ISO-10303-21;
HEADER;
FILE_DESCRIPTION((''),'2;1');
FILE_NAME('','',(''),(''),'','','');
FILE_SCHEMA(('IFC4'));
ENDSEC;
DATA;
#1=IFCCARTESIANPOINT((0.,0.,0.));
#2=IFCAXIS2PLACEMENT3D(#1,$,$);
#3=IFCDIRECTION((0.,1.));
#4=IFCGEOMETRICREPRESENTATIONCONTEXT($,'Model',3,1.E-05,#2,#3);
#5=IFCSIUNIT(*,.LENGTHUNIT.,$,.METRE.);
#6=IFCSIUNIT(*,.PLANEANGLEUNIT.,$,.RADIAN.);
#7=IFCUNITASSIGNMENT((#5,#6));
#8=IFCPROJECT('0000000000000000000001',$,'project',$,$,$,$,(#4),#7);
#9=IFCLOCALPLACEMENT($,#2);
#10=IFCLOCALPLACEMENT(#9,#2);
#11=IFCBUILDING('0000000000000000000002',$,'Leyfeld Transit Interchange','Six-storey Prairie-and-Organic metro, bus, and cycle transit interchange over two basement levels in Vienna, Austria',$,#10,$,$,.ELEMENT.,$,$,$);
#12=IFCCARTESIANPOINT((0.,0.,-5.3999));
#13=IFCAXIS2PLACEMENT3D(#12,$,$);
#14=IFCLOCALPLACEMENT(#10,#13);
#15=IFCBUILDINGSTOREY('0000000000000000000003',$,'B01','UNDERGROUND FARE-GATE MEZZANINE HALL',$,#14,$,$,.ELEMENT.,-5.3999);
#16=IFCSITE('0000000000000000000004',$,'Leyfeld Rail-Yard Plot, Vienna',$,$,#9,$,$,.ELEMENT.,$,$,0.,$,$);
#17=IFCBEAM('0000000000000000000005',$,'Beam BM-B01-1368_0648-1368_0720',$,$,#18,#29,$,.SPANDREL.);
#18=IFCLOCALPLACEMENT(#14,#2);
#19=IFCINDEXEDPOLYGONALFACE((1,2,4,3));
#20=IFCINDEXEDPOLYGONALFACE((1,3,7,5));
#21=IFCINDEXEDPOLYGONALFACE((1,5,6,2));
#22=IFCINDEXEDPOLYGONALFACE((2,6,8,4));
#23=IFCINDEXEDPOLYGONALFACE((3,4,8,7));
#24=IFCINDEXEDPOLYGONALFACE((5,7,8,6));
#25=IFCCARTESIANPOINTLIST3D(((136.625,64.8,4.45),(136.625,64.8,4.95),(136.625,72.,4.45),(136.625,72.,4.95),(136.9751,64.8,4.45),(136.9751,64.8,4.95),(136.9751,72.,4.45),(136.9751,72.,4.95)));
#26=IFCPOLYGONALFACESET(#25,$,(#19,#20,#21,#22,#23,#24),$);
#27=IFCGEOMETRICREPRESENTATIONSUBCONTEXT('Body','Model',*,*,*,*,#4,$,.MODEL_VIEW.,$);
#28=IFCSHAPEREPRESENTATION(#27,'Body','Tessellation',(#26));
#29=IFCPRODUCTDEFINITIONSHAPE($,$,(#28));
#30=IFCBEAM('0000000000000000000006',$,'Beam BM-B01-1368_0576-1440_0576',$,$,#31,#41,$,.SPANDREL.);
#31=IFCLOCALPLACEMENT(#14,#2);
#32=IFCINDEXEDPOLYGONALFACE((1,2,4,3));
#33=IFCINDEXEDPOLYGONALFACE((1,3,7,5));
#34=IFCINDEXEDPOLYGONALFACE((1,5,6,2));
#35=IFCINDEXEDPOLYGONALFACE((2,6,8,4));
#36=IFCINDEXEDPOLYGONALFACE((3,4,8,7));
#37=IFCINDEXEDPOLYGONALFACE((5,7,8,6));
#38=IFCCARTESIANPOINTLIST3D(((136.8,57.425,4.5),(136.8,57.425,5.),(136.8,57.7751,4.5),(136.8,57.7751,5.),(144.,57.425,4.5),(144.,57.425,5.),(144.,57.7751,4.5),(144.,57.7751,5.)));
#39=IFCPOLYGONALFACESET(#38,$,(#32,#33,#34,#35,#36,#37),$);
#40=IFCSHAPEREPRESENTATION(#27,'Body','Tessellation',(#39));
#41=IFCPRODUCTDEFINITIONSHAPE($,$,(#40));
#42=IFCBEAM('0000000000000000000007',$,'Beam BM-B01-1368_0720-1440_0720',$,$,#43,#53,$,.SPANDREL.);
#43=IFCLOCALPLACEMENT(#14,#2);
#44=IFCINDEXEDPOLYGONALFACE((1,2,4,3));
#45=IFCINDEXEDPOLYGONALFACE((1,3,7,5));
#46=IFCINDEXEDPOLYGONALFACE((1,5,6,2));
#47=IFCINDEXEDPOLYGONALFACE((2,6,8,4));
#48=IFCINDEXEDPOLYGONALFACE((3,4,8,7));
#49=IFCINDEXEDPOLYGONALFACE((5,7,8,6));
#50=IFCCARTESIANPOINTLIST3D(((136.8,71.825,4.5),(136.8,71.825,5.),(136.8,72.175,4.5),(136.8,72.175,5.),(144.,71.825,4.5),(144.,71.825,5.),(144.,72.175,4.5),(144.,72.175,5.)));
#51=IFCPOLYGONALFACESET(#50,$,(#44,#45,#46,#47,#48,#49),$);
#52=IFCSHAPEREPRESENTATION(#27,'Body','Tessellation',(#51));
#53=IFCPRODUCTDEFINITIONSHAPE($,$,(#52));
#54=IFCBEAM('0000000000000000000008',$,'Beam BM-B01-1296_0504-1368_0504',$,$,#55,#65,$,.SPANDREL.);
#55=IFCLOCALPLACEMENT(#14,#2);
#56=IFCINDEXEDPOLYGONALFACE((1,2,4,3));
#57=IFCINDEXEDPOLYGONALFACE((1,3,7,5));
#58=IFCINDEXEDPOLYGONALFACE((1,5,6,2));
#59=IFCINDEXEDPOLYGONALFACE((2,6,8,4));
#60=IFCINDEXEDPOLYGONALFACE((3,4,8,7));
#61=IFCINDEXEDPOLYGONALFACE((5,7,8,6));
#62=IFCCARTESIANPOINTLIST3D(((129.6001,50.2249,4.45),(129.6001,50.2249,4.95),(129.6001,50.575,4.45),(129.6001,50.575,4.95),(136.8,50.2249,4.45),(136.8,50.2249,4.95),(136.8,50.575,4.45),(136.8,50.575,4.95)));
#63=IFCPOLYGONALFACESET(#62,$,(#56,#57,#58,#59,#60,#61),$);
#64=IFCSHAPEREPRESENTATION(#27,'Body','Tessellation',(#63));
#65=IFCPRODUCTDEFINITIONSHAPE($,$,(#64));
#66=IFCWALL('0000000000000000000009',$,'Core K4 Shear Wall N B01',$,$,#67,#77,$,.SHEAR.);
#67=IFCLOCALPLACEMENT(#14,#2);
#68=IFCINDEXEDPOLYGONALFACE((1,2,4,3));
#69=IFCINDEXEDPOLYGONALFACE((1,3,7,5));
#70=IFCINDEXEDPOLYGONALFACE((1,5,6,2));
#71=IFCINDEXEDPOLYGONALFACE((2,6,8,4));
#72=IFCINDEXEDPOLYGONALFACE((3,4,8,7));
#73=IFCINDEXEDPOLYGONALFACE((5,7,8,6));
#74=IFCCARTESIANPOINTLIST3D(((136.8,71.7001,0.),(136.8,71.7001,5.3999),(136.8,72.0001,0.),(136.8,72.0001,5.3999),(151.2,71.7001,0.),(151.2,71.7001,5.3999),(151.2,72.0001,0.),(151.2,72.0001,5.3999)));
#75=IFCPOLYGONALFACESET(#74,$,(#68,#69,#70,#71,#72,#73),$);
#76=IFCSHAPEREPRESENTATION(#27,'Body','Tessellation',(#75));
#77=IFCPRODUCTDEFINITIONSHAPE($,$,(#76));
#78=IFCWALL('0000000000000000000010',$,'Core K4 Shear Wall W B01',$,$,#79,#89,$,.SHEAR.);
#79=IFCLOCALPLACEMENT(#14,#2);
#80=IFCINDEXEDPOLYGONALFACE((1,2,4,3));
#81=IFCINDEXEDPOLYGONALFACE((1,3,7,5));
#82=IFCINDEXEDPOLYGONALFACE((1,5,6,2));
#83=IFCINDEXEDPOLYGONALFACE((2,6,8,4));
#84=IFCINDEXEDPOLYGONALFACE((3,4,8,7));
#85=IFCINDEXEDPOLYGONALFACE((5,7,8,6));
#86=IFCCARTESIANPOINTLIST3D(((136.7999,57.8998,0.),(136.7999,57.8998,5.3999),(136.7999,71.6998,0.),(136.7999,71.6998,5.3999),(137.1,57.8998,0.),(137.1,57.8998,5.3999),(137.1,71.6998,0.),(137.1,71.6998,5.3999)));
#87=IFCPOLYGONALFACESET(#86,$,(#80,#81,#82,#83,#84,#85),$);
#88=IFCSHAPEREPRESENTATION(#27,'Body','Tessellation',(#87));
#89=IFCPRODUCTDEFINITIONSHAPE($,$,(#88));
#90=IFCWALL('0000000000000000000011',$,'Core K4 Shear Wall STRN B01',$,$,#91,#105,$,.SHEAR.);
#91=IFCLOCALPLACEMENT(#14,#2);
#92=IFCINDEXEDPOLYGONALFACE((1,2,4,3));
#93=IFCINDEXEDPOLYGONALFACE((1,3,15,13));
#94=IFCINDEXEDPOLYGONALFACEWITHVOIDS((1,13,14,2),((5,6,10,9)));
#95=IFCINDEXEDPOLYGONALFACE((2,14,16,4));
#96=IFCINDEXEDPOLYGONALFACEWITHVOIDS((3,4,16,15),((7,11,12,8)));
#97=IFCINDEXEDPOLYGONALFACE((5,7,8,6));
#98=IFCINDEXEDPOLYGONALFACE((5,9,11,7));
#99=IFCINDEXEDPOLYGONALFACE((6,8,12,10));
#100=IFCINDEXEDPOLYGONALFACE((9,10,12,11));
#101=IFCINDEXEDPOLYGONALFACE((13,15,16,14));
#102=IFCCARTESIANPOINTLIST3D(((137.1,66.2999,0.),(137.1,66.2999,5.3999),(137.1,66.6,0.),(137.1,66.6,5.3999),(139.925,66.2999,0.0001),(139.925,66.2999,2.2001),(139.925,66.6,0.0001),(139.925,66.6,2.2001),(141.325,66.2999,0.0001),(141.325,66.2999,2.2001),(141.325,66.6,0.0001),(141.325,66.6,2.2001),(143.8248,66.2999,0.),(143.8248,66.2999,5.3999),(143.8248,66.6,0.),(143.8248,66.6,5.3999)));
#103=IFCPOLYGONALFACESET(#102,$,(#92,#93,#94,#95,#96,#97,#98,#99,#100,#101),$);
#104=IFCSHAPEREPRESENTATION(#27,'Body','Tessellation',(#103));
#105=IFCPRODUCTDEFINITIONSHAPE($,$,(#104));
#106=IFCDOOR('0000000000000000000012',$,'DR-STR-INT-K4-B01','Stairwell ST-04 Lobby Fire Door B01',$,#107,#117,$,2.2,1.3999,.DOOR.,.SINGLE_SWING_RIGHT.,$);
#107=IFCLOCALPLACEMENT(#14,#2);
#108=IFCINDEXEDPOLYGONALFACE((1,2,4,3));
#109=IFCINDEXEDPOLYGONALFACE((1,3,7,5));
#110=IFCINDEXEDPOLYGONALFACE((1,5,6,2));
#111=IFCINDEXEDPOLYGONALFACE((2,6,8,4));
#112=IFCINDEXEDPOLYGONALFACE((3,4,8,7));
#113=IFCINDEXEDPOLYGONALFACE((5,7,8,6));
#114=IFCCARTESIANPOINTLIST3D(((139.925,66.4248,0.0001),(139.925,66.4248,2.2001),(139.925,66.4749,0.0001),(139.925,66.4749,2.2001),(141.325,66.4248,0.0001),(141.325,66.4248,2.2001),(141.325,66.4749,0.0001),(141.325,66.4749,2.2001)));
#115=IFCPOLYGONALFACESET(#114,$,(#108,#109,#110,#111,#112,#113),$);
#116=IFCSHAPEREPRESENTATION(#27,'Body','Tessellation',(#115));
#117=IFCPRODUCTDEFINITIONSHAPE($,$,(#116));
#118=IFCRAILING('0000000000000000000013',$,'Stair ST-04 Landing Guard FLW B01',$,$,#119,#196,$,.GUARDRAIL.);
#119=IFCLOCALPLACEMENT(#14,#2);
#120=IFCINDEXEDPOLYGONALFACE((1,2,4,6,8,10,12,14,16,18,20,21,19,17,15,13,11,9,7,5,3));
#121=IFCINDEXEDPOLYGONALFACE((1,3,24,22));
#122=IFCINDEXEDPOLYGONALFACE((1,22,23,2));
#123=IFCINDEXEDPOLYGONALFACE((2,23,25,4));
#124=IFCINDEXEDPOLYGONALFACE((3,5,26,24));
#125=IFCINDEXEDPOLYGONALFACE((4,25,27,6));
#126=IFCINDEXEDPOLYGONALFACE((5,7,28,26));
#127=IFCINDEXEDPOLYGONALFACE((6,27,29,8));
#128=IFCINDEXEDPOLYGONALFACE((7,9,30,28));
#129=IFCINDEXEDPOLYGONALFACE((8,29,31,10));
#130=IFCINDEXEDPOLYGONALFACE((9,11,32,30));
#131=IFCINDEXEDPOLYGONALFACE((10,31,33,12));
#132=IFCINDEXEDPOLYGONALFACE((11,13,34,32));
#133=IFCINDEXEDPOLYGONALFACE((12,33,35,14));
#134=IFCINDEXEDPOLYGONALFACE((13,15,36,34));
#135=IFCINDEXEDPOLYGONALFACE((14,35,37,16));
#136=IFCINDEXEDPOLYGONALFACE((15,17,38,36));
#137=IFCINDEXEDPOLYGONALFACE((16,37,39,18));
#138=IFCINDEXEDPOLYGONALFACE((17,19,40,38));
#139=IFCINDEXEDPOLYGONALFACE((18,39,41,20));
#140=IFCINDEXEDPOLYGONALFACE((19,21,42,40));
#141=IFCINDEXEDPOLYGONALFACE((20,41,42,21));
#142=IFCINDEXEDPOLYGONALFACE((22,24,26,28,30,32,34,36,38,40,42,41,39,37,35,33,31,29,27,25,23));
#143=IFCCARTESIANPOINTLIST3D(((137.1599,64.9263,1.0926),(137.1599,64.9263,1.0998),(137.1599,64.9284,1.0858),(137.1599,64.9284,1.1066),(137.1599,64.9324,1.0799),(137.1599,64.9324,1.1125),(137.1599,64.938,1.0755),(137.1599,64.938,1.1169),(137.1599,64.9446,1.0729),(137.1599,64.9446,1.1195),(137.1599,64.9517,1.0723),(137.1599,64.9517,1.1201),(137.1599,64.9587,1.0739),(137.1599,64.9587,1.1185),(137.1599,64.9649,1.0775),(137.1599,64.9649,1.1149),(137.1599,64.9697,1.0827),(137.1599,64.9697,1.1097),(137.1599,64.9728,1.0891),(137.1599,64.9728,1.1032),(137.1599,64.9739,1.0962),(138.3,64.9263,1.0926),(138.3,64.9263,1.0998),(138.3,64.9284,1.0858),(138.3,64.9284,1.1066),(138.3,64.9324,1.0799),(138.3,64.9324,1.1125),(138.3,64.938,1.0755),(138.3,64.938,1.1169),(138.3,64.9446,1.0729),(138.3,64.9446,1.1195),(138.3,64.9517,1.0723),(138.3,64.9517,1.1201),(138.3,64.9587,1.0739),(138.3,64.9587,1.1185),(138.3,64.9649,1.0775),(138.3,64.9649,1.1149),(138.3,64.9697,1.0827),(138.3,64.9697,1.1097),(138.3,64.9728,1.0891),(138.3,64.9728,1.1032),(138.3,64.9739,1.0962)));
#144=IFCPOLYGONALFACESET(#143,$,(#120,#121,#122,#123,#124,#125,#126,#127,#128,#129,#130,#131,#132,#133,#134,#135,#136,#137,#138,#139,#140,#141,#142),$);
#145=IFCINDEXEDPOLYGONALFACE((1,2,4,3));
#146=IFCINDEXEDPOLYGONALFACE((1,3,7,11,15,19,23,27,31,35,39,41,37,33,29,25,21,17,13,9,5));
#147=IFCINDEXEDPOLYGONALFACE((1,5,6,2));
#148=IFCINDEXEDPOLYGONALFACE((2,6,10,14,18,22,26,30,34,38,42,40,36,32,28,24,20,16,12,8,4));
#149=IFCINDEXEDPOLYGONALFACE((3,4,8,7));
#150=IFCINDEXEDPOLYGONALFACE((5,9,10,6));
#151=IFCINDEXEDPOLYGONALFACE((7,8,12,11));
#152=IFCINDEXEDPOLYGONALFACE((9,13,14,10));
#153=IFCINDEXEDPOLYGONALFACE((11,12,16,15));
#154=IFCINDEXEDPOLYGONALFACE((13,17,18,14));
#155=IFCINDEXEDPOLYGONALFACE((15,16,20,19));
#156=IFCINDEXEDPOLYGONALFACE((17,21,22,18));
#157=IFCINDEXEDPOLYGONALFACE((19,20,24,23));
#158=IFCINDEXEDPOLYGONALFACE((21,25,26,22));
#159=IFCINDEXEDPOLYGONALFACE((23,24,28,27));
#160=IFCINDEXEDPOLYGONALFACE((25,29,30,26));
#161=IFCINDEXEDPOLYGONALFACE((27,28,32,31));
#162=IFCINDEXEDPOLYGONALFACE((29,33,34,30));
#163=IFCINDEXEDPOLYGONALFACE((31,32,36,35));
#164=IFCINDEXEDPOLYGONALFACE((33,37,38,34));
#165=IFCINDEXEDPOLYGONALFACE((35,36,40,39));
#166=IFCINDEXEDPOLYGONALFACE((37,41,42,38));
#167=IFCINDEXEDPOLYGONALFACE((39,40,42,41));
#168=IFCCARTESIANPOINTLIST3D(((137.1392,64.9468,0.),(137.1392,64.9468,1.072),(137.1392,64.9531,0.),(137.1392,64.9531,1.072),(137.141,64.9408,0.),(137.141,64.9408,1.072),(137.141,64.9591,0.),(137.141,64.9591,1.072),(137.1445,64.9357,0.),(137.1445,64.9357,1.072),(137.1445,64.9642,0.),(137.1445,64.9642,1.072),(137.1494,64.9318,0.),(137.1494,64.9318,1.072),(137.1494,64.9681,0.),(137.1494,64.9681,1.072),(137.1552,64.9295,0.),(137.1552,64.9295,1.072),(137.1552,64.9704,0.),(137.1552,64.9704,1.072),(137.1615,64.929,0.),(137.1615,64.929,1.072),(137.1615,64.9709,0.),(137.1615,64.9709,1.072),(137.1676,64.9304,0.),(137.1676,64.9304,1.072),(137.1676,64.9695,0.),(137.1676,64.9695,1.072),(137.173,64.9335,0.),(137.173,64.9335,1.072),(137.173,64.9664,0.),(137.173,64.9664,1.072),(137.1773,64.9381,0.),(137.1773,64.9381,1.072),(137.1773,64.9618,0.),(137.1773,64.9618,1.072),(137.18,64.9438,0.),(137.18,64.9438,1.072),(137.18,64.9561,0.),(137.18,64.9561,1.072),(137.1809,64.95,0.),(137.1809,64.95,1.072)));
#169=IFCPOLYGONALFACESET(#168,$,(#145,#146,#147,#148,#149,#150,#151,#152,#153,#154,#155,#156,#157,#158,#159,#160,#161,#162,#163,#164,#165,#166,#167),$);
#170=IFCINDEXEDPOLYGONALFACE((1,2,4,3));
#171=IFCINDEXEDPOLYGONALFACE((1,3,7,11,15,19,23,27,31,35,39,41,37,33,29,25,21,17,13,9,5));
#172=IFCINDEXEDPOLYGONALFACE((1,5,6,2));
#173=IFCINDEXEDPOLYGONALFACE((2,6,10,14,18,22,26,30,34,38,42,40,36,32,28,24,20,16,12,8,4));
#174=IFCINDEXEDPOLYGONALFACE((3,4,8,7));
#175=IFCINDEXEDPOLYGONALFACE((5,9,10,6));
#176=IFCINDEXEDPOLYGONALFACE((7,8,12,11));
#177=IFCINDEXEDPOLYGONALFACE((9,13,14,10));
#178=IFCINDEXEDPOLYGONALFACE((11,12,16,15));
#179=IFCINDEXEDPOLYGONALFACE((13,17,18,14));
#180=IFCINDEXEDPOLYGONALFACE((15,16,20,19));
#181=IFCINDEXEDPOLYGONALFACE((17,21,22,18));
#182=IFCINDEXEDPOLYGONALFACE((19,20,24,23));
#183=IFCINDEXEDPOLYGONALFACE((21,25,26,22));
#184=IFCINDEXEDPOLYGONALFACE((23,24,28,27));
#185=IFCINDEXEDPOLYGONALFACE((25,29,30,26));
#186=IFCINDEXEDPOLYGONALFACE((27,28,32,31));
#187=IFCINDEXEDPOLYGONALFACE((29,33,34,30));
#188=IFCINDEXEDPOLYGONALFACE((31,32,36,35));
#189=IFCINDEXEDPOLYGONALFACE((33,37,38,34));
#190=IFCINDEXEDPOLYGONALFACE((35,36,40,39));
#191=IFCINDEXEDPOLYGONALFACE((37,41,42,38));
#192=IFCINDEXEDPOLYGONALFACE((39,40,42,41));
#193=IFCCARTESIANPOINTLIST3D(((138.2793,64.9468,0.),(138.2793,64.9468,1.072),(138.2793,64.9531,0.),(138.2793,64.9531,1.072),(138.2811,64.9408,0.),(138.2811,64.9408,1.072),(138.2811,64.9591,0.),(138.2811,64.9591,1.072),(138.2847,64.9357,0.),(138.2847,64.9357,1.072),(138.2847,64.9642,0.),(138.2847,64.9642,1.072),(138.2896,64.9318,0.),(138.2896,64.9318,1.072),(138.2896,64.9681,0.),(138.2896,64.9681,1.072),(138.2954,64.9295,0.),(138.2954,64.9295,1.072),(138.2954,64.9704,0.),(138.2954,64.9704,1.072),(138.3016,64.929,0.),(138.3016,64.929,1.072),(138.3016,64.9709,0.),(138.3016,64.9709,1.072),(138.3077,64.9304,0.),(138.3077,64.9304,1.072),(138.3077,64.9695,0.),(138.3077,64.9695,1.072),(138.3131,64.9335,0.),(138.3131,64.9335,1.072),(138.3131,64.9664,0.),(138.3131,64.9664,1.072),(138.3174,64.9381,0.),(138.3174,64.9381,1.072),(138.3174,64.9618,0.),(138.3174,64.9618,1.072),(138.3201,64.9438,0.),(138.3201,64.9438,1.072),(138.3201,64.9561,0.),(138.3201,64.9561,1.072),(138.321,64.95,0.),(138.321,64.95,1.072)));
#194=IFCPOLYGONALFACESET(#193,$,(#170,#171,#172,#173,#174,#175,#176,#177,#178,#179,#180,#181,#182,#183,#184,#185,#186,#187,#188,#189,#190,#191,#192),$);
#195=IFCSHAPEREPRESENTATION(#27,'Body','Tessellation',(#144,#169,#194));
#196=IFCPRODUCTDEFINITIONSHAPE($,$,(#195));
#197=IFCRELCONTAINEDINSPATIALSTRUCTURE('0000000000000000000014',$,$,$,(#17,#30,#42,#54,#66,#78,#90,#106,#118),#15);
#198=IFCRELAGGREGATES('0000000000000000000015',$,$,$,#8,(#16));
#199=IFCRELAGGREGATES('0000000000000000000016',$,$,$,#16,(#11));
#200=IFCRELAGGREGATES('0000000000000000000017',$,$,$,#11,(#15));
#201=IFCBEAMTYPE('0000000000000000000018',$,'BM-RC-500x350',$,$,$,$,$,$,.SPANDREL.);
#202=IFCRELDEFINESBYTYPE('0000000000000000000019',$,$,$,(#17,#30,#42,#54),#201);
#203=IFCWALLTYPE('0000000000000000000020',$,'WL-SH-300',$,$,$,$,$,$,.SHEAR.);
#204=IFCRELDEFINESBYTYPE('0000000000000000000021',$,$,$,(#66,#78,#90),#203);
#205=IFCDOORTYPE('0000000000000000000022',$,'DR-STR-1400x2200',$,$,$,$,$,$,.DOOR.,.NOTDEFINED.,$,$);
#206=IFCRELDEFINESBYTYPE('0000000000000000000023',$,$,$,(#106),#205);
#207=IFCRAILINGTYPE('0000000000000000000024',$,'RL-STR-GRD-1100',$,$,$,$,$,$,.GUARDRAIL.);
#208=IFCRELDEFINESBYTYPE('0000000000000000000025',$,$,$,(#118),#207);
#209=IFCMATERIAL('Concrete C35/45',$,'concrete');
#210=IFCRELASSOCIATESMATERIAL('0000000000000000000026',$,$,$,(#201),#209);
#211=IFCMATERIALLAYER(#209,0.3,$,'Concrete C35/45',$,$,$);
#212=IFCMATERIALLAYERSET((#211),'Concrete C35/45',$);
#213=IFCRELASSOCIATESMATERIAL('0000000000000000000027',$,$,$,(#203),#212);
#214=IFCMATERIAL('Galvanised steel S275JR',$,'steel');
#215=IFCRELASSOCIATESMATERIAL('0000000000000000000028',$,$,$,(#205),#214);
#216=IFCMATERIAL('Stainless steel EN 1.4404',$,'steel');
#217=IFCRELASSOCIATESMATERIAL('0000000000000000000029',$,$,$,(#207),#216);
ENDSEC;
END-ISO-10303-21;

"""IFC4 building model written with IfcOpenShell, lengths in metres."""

from ifc_helpers import new_model, si_unit, direction, frame, frame_2d, origin, origin_2d, place, context, subcontext, project, spatial, rectangle, circle, extrude, material, layer, layer_set, material_profile, profile_set, type_object, element, fill, save


model = new_model("IFC4")

# Units and contexts
model_context = context("Model", 3, precision=1e-05, world=origin(), true_north=direction((0.0, 1.0)))
body_context = subcontext(model_context, "Body", "Model", "MODEL_VIEW")
ifc_project = project(units=[si_unit("LENGTHUNIT", "METRE"), si_unit("PLANEANGLEUNIT", "RADIAN")], contexts=[model_context])

# Site, building, storey
site_placement = place(None, origin())
site = spatial("IfcSite", under=ifc_project, at=site_placement, Name="Leyfeld Rail-Yard Plot, Vienna", CompositionType="ELEMENT", RefElevation=0.0)
building_placement = place(site_placement, origin())
building = spatial("IfcBuilding", under=site, at=building_placement, Name="Leyfeld Transit Interchange", Description="Six-storey Prairie-and-Organic metro, bus, and cycle transit interchange over two basement levels in Vienna, Austria", CompositionType="ELEMENT")
storey_placement = place(building_placement, frame((0.0, 0.0, -5.3999)))
storey = spatial("IfcBuildingStorey", under=building, at=storey_placement, Name="B01", Description="UNDERGROUND FARE-GATE MEZZANINE HALL", CompositionType="ELEMENT", Elevation=-5.3999)

# Shared definitions
ifc_material_1 = material(Name="Concrete C35/45", Category="concrete")

# Beams
ifc_material_profile_1 = material_profile(ifc_material_1, rectangle(XDim=0.3501, YDim=0.5, at=origin_2d()), Name="RC 500x350")
ifc_profile_set_1 = profile_set([ifc_material_profile_1], Name="Concrete C35/45")
beam_type_1 = type_object("IfcBeamType", Name="BM-RC-500x350", PredefinedType="SPANDREL", material=ifc_profile_set_1)
for number, where, z_axis, x_axis, name in (
    (1, (136.8, 64.8, 4.7), (0.0, 1.0, 0.0), (-1.0, 0.0, 0.0), "Beam BM-B01-1368_0648-1368_0720"),
    (2, (136.8, 57.6001, 4.75), (1.0, 0.0, 0.0), (0.0, 1.0, 0.0), "Beam BM-B01-1368_0576-1440_0576"),
    (3, (136.8, 72.0, 4.75), (1.0, 0.0, 0.0), (0.0, 1.0, 0.0), "Beam BM-B01-1368_0720-1440_0720"),
    (4, (129.6001, 50.3999, 4.7), (1.0, 0.0, 0.0), (0.0, 1.0, 0.0), "Beam BM-B01-1296_0504-1368_0504"),
):
    element("IfcBeam", number, at=place(storey_placement, frame(where, z_axis=z_axis, x_axis=x_axis)), inside=storey, type_object=beam_type_1, Name=name, PredefinedType="SPANDREL", context=body_context, shape_type="SweptSolid", body=[
        extrude(rectangle(XDim=0.3501, YDim=0.5, at=origin_2d()), origin(), (0.0, 0.0, 1.0), 7.2),
    ])

# Walls
ifc_layer = layer(ifc_material_1, 0.3, Name="Concrete C35/45")
ifc_layer_set = layer_set([ifc_layer], Name="Concrete C35/45")
wall_type = type_object("IfcWallType", Name="WL-SH-300", PredefinedType="SHEAR", material=ifc_layer_set)
wall_1_placement = place(storey_placement, frame((136.8, 71.8501, 0.0), z_axis=(0.0, 0.0, 1.0), x_axis=(1.0, 0.0, 0.0)))
element("IfcWall", 5, at=wall_1_placement, inside=storey, type_object=wall_type, Name="Core K4 Shear Wall N B01", PredefinedType="SHEAR", context=body_context, shape_type="SweptSolid", body=[
    extrude(rectangle(XDim=14.3999, YDim=0.3, at=frame_2d((7.2, 0.0))), origin(), (0.0, 0.0, 1.0), 5.3999),
])
wall_2_placement = place(storey_placement, frame((136.95, 57.8999, 0.0), z_axis=(0.0, 0.0, 1.0), x_axis=(0.0, 1.0, 0.0)))
element("IfcWall", 6, at=wall_2_placement, inside=storey, type_object=wall_type, Name="Core K4 Shear Wall W B01", PredefinedType="SHEAR", context=body_context, shape_type="SweptSolid", body=[
    extrude(rectangle(XDim=13.8, YDim=0.3, at=frame_2d((6.8999, 0.0))), origin(), (0.0, 0.0, 1.0), 5.3999),
])

# Wall, opening, door
wall_3_placement = place(storey_placement, frame((137.1001, 66.45, 0.0), z_axis=(0.0, 0.0, 1.0), x_axis=(1.0, 0.0, 0.0)))
wall_3 = element("IfcWall", 7, at=wall_3_placement, inside=storey, type_object=wall_type, Name="Core K4 Shear Wall STRN B01", PredefinedType="SHEAR", context=body_context, shape_type="SweptSolid", body=[
    extrude(rectangle(XDim=6.7249, YDim=0.3, at=frame_2d((3.3623, 0.0))), origin(), (0.0, 0.0, 1.0), 5.3999),
])
opening_placement = place(wall_3_placement, frame((2.825, 0.0, 0.0)))
opening = element("IfcOpeningElement", 8, at=opening_placement, cuts=wall_3, PredefinedType="OPENING", context=body_context, shape_type="SweptSolid", body=[
    extrude(rectangle(XDim=1.3999, YDim=2.2, at=frame_2d((0.7, 1.1001))), frame((0.0, 0.1599, 0.0), z_axis=(0.0, -1.0, 0.0), x_axis=(1.0, 0.0, 0.0)), (0.0, 0.0, 1.0), 0.3201),
])
ifc_material_2 = material(Name="Galvanised steel S275JR", Category="steel")
door_type = type_object("IfcDoorType", Name="DR-STR-1400x2200", OperationType="NOTDEFINED", PredefinedType="DOOR", material=ifc_material_2)
door_placement = place(opening_placement, origin())
door = element("IfcDoor", 9, at=door_placement, inside=storey, type_object=door_type, Name="DR-STR-INT-K4-B01", Description="Stairwell ST-04 Lobby Fire Door B01", OperationType="SINGLE_SWING_RIGHT", OverallHeight=2.2, OverallWidth=1.3999, PredefinedType="DOOR", context=body_context, shape_type="SweptSolid", body=[
    extrude(rectangle(XDim=1.3999, YDim=2.2, at=frame_2d((0.7, 1.1001))), frame((0.0, 0.0249, 0.0), z_axis=(0.0, -1.0, 0.0), x_axis=(1.0, 0.0, 0.0)), (0.0, 0.0, 1.0), 0.05),
])
fill(opening, door)

# Railing
ifc_material_3 = material(Name="Stainless steel EN 1.4404", Category="steel")
railing_type_1 = type_object("IfcRailingType", Name="RL-STR-GRD-1100", PredefinedType="GUARDRAIL", material=ifc_material_3)
railing_1_placement = place(storey_placement, frame((137.1599, 64.95, 0.0)))
element("IfcRailing", 10, at=railing_1_placement, inside=storey, type_object=railing_type_1, Name="Stair ST-04 Landing Guard FLW B01", PredefinedType="GUARDRAIL", context=body_context, shape_type="SweptSolid", body=[
    extrude(circle(Radius=0.0239, at=origin_2d()), frame((0.0, 0.0, 1.0962), z_axis=(1.0, 0.0, 0.0), x_axis=(0.0, 1.0, 0.0)), (0.0, 0.0, 1.0), 1.1401),
    extrude(circle(Radius=0.021, at=origin_2d()), origin(), (0.0, 0.0, 1.0), 1.072),
    extrude(circle(Radius=0.021, at=origin_2d()), frame((1.1401, 0.0, 0.0)), (0.0, 0.0, 1.0), 1.072),
])

save(model, "model.ifc")
